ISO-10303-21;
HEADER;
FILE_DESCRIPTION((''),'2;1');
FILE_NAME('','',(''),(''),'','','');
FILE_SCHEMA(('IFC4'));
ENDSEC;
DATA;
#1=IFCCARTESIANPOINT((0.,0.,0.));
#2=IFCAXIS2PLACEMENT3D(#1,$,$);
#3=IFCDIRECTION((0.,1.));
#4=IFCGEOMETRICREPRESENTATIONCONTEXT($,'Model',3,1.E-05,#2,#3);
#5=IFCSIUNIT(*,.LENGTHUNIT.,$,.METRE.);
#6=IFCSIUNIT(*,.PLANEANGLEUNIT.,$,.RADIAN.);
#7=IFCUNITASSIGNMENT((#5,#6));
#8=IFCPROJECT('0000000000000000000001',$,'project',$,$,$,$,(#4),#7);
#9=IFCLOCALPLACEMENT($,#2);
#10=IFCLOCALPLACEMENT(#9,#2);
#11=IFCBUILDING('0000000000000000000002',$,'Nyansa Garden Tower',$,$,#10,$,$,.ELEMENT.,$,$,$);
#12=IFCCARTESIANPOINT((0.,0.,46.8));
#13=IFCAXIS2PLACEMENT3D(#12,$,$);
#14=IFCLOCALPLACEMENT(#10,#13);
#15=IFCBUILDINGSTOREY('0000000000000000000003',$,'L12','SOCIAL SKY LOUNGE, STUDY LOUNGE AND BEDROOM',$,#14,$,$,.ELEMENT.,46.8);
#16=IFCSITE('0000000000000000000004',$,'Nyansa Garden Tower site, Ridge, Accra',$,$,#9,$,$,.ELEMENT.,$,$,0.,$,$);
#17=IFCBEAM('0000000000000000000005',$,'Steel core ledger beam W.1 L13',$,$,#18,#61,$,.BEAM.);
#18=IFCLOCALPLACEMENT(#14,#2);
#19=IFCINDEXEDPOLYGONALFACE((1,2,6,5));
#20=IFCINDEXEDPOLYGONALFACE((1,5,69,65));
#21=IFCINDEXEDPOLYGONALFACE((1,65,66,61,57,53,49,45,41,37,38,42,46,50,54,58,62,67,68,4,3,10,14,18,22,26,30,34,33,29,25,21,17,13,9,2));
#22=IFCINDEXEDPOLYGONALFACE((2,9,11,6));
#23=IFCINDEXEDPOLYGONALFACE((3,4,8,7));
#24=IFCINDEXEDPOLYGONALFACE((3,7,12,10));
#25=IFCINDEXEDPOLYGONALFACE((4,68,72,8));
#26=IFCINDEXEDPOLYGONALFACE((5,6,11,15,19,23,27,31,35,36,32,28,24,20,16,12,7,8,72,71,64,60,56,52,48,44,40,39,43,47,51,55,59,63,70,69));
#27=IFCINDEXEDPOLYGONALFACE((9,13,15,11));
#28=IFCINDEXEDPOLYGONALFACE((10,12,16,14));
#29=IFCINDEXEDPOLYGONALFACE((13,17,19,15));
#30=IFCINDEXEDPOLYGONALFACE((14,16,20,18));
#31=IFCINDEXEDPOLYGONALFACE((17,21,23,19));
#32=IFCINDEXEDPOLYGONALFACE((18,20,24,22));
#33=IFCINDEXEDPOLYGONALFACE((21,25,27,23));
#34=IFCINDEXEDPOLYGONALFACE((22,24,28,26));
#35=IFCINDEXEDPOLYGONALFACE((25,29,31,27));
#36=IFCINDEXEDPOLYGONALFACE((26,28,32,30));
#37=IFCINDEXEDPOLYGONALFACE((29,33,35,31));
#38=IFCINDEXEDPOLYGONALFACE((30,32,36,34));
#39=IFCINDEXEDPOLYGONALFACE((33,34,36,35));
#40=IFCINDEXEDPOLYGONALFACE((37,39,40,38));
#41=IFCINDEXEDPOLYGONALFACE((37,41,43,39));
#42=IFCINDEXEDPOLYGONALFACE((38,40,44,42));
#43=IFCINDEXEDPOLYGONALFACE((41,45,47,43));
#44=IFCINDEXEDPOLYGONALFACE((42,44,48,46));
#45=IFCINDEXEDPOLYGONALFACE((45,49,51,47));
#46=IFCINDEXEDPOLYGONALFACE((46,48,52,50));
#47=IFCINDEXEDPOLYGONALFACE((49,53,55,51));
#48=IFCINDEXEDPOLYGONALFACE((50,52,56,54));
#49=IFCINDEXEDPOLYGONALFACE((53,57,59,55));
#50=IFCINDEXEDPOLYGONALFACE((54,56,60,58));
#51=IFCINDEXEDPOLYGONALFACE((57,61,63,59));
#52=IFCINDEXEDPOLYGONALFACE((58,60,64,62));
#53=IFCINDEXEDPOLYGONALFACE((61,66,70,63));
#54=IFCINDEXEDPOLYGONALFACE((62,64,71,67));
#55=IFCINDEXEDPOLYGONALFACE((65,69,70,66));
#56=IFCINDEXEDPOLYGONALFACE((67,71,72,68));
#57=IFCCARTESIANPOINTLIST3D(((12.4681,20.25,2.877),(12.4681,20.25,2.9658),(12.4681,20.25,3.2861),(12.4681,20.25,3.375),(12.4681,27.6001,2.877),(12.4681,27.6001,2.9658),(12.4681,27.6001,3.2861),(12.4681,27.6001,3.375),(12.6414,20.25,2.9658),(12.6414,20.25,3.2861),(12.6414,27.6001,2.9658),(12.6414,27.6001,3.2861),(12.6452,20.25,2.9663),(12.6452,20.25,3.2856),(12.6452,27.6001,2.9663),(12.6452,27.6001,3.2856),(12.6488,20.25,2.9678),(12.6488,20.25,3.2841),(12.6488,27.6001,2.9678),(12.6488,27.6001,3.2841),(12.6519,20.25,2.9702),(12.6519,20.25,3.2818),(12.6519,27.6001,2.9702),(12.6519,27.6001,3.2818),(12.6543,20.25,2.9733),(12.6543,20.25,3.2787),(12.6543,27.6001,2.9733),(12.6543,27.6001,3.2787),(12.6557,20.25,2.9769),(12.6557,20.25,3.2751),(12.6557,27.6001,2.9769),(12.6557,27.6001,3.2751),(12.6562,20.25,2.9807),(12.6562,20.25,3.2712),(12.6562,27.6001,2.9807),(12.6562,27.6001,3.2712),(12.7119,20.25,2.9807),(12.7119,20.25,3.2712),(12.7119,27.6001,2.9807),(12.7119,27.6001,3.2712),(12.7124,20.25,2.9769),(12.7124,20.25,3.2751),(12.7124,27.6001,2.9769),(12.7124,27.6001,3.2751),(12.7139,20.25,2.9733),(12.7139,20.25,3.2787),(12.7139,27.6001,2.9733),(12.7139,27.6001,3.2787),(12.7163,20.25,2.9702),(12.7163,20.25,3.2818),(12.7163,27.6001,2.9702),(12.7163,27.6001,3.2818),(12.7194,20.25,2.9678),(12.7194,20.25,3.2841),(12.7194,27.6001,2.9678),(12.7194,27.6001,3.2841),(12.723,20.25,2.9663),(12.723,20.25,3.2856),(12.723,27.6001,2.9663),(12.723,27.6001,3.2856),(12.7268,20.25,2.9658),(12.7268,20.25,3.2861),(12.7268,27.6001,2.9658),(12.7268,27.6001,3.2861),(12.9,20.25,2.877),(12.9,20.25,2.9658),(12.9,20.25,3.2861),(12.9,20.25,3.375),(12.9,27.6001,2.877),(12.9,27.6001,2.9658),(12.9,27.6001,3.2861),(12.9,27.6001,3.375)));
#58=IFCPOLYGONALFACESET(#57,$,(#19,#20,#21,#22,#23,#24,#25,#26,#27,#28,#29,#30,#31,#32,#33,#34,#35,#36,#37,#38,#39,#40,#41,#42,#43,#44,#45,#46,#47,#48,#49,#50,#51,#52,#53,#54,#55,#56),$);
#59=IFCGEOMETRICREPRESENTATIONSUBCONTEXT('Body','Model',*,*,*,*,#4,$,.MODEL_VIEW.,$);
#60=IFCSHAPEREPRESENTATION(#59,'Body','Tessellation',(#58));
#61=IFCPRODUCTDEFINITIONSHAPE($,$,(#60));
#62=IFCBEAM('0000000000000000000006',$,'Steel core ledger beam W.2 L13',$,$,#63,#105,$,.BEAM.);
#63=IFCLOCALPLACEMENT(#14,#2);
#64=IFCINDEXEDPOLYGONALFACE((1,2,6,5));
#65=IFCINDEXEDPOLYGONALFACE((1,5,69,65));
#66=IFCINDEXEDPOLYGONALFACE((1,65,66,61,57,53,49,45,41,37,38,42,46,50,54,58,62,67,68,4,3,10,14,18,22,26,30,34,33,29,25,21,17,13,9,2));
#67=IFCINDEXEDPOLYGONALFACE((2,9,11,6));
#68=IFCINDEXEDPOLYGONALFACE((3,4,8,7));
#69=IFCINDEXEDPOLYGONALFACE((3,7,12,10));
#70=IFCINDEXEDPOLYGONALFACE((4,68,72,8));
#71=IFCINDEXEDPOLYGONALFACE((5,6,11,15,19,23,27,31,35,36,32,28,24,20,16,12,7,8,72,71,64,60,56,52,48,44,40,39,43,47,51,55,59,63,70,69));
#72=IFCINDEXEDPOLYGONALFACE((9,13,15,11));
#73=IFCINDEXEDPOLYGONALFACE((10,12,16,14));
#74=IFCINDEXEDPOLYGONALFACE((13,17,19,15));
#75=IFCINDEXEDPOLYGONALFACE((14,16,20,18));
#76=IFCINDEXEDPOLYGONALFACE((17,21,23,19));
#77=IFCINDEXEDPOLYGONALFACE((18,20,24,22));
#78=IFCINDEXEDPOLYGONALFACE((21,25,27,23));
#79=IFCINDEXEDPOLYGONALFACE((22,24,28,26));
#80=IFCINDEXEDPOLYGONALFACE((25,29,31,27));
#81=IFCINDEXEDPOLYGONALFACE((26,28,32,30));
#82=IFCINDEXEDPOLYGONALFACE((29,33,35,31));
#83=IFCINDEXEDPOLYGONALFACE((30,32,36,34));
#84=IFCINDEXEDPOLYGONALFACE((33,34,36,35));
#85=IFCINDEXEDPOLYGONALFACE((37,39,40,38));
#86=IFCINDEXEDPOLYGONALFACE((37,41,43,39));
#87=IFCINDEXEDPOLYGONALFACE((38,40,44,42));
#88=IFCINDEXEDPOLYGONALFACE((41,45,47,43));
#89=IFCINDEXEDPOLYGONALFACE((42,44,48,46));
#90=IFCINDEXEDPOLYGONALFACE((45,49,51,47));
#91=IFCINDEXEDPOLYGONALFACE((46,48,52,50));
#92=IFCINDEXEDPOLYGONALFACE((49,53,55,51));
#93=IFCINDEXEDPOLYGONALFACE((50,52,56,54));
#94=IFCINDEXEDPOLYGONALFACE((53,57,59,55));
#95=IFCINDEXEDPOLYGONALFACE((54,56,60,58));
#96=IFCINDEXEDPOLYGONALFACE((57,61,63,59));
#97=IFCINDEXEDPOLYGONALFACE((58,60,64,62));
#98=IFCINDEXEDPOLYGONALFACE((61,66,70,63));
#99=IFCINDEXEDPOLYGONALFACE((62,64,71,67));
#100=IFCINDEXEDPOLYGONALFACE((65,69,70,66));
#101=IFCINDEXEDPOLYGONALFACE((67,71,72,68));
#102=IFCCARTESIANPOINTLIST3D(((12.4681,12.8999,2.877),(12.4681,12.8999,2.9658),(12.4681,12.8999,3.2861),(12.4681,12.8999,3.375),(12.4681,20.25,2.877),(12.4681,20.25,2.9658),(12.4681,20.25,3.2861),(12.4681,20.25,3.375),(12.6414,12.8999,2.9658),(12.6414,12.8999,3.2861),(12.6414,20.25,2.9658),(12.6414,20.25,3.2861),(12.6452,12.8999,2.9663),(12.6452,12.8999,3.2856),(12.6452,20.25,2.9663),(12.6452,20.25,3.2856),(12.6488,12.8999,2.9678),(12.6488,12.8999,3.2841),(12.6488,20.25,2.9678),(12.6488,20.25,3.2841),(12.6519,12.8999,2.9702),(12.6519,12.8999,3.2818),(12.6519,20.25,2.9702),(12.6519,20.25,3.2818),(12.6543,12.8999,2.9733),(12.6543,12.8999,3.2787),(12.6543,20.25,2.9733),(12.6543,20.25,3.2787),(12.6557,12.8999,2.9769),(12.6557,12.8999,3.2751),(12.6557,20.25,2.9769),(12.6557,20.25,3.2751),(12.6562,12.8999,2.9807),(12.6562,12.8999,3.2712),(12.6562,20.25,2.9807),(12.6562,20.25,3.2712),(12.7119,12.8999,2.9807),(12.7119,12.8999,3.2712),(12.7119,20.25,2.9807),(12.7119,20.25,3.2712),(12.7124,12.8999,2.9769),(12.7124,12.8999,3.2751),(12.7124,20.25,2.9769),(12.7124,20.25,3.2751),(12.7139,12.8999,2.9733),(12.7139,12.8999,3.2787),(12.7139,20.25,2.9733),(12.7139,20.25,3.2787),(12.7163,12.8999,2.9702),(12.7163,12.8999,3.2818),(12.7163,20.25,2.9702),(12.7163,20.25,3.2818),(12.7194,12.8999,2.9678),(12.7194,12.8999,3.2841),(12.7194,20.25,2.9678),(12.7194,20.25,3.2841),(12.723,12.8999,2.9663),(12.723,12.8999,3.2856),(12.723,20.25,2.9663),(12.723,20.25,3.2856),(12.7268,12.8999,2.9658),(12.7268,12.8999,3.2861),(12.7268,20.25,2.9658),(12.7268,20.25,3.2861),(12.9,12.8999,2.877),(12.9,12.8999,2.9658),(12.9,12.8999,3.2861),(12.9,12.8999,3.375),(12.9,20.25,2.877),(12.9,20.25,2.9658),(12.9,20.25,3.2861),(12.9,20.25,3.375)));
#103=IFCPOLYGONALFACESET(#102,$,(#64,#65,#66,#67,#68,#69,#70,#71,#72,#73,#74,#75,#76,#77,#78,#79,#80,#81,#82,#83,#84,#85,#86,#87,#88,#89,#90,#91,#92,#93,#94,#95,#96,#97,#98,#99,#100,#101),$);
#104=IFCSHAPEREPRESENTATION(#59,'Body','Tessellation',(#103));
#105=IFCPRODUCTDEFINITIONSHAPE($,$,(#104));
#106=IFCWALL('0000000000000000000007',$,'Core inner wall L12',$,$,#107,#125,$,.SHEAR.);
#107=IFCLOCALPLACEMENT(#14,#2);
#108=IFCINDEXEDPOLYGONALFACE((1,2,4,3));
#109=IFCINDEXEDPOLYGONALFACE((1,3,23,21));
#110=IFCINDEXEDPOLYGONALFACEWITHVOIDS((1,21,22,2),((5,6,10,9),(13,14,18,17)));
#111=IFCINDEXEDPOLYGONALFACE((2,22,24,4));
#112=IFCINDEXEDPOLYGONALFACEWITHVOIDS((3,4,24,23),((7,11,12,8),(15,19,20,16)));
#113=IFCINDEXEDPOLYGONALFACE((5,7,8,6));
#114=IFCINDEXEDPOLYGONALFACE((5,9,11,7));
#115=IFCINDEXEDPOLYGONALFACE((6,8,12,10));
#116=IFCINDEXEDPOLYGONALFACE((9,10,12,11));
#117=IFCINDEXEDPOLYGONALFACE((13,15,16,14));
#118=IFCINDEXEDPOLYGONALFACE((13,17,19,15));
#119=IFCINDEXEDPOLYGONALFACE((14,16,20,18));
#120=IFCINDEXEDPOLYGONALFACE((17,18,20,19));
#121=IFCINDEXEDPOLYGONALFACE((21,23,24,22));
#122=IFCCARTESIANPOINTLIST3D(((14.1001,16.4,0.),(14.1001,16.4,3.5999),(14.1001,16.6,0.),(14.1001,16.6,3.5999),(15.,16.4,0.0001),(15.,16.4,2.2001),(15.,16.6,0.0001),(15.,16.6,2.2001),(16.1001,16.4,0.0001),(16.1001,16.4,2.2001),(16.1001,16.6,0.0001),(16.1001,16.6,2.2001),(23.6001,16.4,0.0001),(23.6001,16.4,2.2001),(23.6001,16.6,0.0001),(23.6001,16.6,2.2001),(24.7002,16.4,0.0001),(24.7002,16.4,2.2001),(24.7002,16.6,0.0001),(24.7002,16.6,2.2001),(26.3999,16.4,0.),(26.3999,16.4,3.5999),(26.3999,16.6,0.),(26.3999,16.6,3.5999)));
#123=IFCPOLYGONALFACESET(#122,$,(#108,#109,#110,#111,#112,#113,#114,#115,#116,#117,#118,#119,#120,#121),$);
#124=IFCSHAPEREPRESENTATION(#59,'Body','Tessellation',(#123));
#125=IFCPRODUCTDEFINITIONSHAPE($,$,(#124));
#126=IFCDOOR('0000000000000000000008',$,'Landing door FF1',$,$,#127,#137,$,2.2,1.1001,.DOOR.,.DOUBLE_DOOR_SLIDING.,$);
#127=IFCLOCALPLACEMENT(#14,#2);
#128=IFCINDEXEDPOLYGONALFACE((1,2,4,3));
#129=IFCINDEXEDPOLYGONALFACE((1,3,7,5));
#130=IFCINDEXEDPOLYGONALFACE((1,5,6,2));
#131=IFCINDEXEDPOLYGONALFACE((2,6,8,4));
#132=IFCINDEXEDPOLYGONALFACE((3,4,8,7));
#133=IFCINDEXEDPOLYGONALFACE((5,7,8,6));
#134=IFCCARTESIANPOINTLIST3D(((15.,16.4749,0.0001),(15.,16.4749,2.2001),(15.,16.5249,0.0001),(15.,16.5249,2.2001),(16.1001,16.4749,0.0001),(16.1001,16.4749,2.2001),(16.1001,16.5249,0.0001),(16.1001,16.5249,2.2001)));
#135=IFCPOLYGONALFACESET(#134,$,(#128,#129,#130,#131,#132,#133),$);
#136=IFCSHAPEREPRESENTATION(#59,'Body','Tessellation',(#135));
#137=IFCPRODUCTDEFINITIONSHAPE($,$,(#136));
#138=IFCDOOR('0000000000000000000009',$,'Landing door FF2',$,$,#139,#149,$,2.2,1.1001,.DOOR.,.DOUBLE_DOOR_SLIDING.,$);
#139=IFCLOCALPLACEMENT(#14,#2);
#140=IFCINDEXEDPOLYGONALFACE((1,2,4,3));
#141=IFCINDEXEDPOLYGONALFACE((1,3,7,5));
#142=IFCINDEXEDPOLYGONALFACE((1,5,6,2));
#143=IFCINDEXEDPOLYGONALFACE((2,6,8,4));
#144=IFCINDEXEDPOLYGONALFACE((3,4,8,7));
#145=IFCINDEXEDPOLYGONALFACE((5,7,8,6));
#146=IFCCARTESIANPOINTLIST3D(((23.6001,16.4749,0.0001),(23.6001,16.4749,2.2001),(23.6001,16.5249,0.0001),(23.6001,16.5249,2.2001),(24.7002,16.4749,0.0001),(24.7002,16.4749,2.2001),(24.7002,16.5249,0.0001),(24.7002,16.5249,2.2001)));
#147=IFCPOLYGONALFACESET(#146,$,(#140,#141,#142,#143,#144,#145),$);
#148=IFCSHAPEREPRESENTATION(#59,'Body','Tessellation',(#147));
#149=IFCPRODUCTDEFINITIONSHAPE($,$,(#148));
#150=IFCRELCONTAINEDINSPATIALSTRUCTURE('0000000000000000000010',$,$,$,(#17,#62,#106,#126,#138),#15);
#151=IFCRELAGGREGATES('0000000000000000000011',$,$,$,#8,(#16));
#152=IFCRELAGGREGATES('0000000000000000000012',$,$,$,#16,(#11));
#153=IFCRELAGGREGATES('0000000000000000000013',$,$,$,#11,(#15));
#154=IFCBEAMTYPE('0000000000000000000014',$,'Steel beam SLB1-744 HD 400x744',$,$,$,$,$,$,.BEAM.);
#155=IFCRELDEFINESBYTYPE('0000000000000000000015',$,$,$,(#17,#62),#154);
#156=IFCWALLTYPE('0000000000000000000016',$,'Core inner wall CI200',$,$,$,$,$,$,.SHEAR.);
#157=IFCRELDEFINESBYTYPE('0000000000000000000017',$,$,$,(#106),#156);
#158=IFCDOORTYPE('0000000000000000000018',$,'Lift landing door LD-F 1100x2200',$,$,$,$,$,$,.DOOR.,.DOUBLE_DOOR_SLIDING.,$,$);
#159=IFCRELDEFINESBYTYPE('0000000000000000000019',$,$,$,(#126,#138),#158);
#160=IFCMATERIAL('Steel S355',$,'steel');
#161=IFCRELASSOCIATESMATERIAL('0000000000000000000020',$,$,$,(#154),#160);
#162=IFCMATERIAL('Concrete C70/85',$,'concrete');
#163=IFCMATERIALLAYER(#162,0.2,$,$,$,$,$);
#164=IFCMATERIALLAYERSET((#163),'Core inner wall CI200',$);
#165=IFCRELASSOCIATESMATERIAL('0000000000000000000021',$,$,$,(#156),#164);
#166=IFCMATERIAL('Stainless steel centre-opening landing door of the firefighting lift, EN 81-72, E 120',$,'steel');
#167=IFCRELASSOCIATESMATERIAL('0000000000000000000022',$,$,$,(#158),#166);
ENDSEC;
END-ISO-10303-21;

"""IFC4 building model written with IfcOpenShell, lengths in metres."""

from ifc_helpers import new_model, si_unit, direction, frame, frame_2d, origin, origin_2d, place, context, subcontext, project, spatial, rectangle, i_section, extrude, material, layer, layer_set, material_profile, profile_set, type_object, element, fill, save


model = new_model("IFC4")

# Units and contexts
model_context = context("Model", 3, precision=1e-05, world=origin(), true_north=direction((0.0, 1.0)))
body_context = subcontext(model_context, "Body", "Model", "MODEL_VIEW")
ifc_project = project(units=[si_unit("LENGTHUNIT", "METRE"), si_unit("PLANEANGLEUNIT", "RADIAN")], contexts=[model_context])

# Site, building, storey
site_placement = place(None, origin())
site = spatial("IfcSite", under=ifc_project, at=site_placement, Name="Nyansa Garden Tower site, Ridge, Accra", CompositionType="ELEMENT", RefElevation=0.0)
building_placement = place(site_placement, origin())
building = spatial("IfcBuilding", under=site, at=building_placement, Name="Nyansa Garden Tower", CompositionType="ELEMENT")
storey_placement = place(building_placement, frame((0.0, 0.0, 46.8)))
storey = spatial("IfcBuildingStorey", under=building, at=storey_placement, Name="L12", Description="SOCIAL SKY LOUNGE, STUDY LOUNGE AND BEDROOM", CompositionType="ELEMENT", Elevation=46.8)

# Beams
ifc_material_1 = material(Name="Steel S355", Category="steel")
ifc_material_profile_1 = material_profile(ifc_material_1, i_section(OverallWidth=0.4319, OverallDepth=0.498, WebThickness=0.0557, FlangeThickness=0.0889, FilletRadius=0.0149, at=origin_2d()), Name="HD 400x744")
ifc_profile_set_1 = profile_set([ifc_material_profile_1], Name="Steel S355")
beam_type_1 = type_object("IfcBeamType", Name="Steel beam SLB1-744 HD 400x744", PredefinedType="BEAM", material=ifc_profile_set_1)
for number, where, z_axis, x_axis, name in (
    (1, (12.6841, 27.6001, 3.126), (0.0, -1.0, 0.0), (1.0, 0.0, 0.0), "Steel core ledger beam W.1 L13"),
    (2, (12.6841, 20.25, 3.126), (0.0, -1.0, 0.0), (1.0, 0.0, 0.0), "Steel core ledger beam W.2 L13"),
):
    element("IfcBeam", number, at=place(storey_placement, frame(where, z_axis=z_axis, x_axis=x_axis)), inside=storey, type_object=beam_type_1, Name=name, PredefinedType="BEAM", context=body_context, shape_type="SweptSolid", body=[
        extrude(i_section(OverallWidth=0.4319, OverallDepth=0.498, WebThickness=0.0557, FlangeThickness=0.0889, FilletRadius=0.0149, at=origin_2d()), origin(), (0.0, 0.0, 1.0), 7.3501),
    ])

# Wall, openings, doors
ifc_material_2 = material(Name="Concrete C70/85", Category="concrete")
ifc_layer_1 = layer(ifc_material_2, 0.2)
ifc_layer_set_1 = layer_set([ifc_layer_1], Name="Core inner wall CI200")
wall_type_1 = type_object("IfcWallType", Name="Core inner wall CI200", PredefinedType="SHEAR", material=ifc_layer_set_1)
wall_1_placement = place(storey_placement, frame((14.1001, 16.5, 0.0), z_axis=(0.0, 0.0, 1.0), x_axis=(1.0, 0.0, 0.0)))
wall_1 = element("IfcWall", 3, at=wall_1_placement, inside=storey, type_object=wall_type_1, Name="Core inner wall L12", PredefinedType="SHEAR", context=body_context, shape_type="SweptSolid", body=[
    extrude(rectangle(XDim=12.2998, YDim=0.2, at=frame_2d((6.1499, 0.0))), origin(), (0.0, 0.0, 1.0), 3.5999),
])
opening_1_placement = place(wall_1_placement, frame((0.8999, 0.0, 0.0)))
opening_1 = element("IfcOpeningElement", 4, at=opening_1_placement, cuts=wall_1, PredefinedType="OPENING", context=body_context, shape_type="SweptSolid", body=[
    extrude(rectangle(XDim=1.1001, YDim=2.2, at=frame_2d((0.55, 1.1001))), frame((0.0, 0.1099, 0.0), z_axis=(0.0, -1.0, 0.0), x_axis=(1.0, 0.0, 0.0)), (0.0, 0.0, 1.0), 0.22),
])
opening_2_placement = place(wall_1_placement, frame((9.5, 0.0, 0.0)))
opening_2 = element("IfcOpeningElement", 5, at=opening_2_placement, cuts=wall_1, PredefinedType="OPENING", context=body_context, shape_type="SweptSolid", body=[
    extrude(rectangle(XDim=1.1001, YDim=2.2, at=frame_2d((0.55, 1.1001))), frame((0.0, 0.1099, 0.0), z_axis=(0.0, -1.0, 0.0), x_axis=(1.0, 0.0, 0.0)), (0.0, 0.0, 1.0), 0.22),
])
ifc_material_3 = material(Name="Stainless steel centre-opening landing door of the firefighting lift, EN 81-72, E 120", Category="steel")
door_type_1 = type_object("IfcDoorType", Name="Lift landing door LD-F 1100x2200", OperationType="DOUBLE_DOOR_SLIDING", PredefinedType="DOOR", material=ifc_material_3)
door_1_placement = place(opening_1_placement, origin())
door_1 = element("IfcDoor", 6, at=door_1_placement, inside=storey, type_object=door_type_1, Name="Landing door FF1", OperationType="DOUBLE_DOOR_SLIDING", OverallHeight=2.2, OverallWidth=1.1001, PredefinedType="DOOR", context=body_context, shape_type="SweptSolid", body=[
    extrude(rectangle(XDim=1.1001, YDim=2.2, at=frame_2d((0.55, 1.1001))), frame((0.0, 0.0249, 0.0), z_axis=(0.0, -1.0, 0.0), x_axis=(1.0, 0.0, 0.0)), (0.0, 0.0, 1.0), 0.05),
])
fill(opening_1, door_1)
door_2_placement = place(opening_2_placement, origin())
door_2 = element("IfcDoor", 7, at=door_2_placement, inside=storey, type_object=door_type_1, Name="Landing door FF2", OperationType="DOUBLE_DOOR_SLIDING", OverallHeight=2.2, OverallWidth=1.1001, PredefinedType="DOOR", context=body_context, shape_type="SweptSolid", body=[
    extrude(rectangle(XDim=1.1001, YDim=2.2, at=frame_2d((0.55, 1.1001))), frame((0.0, 0.0249, 0.0), z_axis=(0.0, -1.0, 0.0), x_axis=(1.0, 0.0, 0.0)), (0.0, 0.0, 1.0), 0.05),
])
fill(opening_2, door_2)

save(model, "model.ifc")
